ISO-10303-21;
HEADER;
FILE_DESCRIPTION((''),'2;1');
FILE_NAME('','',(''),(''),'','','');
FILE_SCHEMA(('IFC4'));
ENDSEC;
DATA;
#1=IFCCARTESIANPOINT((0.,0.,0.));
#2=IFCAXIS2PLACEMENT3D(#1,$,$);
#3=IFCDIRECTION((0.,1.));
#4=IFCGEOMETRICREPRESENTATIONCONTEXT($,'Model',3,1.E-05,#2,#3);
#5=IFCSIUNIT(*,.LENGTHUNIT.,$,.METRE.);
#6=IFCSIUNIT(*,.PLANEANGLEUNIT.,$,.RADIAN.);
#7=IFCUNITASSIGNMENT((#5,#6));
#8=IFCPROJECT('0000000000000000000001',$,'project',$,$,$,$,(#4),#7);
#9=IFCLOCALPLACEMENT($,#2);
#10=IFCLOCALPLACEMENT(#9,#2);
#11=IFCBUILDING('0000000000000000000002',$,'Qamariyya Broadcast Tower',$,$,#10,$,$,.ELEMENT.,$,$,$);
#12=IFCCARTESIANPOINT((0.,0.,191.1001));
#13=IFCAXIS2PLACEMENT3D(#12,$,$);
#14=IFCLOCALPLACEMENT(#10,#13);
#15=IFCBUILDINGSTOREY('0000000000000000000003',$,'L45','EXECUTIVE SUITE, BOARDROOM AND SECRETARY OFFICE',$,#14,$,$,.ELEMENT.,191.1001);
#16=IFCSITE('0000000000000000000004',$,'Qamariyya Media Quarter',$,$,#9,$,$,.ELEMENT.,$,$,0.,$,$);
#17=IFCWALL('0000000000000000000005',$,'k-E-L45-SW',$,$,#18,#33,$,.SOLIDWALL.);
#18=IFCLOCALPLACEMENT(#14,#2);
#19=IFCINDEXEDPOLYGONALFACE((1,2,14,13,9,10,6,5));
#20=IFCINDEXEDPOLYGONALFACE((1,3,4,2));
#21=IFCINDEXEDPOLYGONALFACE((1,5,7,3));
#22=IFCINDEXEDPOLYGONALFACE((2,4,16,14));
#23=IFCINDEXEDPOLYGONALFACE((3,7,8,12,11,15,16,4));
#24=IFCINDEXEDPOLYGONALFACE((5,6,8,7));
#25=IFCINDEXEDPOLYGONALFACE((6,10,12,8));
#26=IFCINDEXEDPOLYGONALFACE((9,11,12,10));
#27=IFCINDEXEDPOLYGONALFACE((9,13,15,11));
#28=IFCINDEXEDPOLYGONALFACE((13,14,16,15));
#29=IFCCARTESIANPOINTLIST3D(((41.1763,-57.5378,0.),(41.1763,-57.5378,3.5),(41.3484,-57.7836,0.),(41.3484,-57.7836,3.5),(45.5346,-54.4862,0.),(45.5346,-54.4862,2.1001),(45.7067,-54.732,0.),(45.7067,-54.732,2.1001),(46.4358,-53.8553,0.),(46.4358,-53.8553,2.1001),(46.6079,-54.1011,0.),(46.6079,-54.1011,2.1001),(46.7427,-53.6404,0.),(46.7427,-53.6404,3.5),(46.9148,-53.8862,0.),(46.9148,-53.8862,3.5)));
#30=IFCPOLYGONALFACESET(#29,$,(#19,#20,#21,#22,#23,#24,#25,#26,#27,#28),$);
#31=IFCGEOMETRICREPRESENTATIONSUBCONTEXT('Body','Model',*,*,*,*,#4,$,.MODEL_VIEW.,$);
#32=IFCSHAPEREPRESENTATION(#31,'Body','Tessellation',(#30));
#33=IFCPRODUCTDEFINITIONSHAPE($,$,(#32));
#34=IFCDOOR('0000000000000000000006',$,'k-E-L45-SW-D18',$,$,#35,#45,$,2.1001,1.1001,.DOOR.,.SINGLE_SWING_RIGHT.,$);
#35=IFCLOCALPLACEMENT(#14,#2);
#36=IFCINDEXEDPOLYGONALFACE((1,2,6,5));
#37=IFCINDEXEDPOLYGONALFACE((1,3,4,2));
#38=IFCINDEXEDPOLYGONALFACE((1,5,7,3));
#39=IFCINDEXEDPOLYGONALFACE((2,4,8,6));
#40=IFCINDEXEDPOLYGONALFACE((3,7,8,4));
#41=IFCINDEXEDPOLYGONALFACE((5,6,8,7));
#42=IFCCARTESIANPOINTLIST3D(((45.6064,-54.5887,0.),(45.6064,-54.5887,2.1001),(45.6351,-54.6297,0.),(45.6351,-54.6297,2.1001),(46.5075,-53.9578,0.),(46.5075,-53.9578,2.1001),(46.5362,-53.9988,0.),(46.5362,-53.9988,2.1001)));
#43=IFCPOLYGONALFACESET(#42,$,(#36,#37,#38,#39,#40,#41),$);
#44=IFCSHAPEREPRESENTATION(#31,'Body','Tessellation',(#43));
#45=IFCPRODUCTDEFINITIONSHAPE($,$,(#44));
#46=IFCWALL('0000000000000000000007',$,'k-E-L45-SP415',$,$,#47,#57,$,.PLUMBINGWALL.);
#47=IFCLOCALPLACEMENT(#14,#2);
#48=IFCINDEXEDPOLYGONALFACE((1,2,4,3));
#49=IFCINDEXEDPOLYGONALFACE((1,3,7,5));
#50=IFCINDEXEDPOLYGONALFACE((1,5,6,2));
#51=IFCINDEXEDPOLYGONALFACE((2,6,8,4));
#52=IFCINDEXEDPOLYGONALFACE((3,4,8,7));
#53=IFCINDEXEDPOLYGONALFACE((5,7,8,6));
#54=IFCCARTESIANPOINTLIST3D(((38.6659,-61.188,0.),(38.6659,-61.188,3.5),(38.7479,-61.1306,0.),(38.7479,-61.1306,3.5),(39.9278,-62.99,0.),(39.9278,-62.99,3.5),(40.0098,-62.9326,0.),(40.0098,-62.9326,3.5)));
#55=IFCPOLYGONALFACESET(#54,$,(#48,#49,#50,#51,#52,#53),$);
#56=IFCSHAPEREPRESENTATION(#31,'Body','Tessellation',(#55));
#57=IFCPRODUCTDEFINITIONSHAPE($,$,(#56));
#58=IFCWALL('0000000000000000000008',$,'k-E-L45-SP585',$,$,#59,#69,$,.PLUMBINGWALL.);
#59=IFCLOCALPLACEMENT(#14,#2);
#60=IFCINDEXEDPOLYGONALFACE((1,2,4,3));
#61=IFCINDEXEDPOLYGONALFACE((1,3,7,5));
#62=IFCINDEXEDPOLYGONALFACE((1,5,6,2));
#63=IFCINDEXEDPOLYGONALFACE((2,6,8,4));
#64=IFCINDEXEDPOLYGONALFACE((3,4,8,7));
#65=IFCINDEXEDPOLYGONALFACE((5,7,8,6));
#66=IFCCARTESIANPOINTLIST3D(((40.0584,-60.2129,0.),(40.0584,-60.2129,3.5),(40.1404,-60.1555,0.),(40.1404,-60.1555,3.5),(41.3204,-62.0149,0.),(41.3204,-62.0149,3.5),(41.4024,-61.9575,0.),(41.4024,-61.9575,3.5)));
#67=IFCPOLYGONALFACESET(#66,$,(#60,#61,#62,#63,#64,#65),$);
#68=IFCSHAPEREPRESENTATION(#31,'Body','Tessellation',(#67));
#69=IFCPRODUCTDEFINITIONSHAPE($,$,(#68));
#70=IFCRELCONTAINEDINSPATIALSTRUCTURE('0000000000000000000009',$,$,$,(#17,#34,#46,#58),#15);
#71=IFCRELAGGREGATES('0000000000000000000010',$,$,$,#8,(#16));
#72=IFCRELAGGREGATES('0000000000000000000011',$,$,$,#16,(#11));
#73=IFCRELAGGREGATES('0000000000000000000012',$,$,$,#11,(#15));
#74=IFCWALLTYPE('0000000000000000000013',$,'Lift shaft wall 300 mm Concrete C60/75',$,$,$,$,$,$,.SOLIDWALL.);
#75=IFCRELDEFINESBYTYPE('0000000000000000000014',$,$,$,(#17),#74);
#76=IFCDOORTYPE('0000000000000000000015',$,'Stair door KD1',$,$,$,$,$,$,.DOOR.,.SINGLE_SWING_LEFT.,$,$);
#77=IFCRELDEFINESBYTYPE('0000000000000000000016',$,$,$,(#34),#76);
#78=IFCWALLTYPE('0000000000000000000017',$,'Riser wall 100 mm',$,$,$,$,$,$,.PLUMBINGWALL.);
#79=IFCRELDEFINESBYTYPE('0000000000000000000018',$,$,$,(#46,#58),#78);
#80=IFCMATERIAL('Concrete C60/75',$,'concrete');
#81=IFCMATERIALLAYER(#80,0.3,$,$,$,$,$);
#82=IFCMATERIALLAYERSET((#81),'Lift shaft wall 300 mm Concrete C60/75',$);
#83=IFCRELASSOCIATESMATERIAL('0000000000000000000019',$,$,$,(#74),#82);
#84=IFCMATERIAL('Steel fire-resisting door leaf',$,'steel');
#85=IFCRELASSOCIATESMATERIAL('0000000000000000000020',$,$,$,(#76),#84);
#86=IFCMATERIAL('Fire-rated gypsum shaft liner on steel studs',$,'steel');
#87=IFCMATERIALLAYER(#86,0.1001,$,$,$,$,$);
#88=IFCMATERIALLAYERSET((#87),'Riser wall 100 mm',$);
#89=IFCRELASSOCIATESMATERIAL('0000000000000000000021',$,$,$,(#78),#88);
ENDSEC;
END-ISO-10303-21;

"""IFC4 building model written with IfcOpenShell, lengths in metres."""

from ifc_helpers import new_model, si_unit, direction, frame, frame_2d, origin, place, context, subcontext, project, spatial, rectangle, extrude, material, layer, layer_set, type_object, element, fill, save


model = new_model("IFC4")

# Units and contexts
model_context = context("Model", 3, precision=1e-05, world=origin(), true_north=direction((0.0, 1.0)))
body_context = subcontext(model_context, "Body", "Model", "MODEL_VIEW")
ifc_project = project(units=[si_unit("LENGTHUNIT", "METRE"), si_unit("PLANEANGLEUNIT", "RADIAN")], contexts=[model_context])

# Site, building, storey
site_placement = place(None, origin())
site = spatial("IfcSite", under=ifc_project, at=site_placement, Name="Qamariyya Media Quarter", CompositionType="ELEMENT", RefElevation=0.0)
building_placement = place(site_placement, origin())
building = spatial("IfcBuilding", under=site, at=building_placement, Name="Qamariyya Broadcast Tower", CompositionType="ELEMENT")
storey_placement = place(building_placement, frame((0.0, 0.0, 191.1001)))
storey = spatial("IfcBuildingStorey", under=building, at=storey_placement, Name="L45", Description="EXECUTIVE SUITE, BOARDROOM AND SECRETARY OFFICE", CompositionType="ELEMENT", Elevation=191.1001)

# Shared definitions
ifc_material_1 = material(Name="Concrete C60/75", Category="concrete")
ifc_layer_1 = layer(ifc_material_1, 0.3)
ifc_layer_set_1 = layer_set([ifc_layer_1], Name="Lift shaft wall 300 mm Concrete C60/75")
wall_type_1 = type_object("IfcWallType", Name="Lift shaft wall 300 mm Concrete C60/75", PredefinedType="SOLIDWALL", material=ifc_layer_set_1)
ifc_material_2 = material(Name="Steel fire-resisting door leaf", Category="steel")

# Wall, opening, door
wall_1_placement = place(storey_placement, frame((41.2625, -57.6606, 0.0), z_axis=(0.0, 0.0, 1.0), x_axis=(0.819164, 0.573559, 0.0)))
wall_1 = element("IfcWall", 1, at=wall_1_placement, inside=storey, type_object=wall_type_1, Name="k-E-L45-SW", PredefinedType="SOLIDWALL", context=body_context, shape_type="SweptSolid", body=[
    extrude(rectangle(XDim=6.7952, YDim=0.3, at=frame_2d((3.3975, 0.0))), origin(), (0.0, 0.0, 1.0), 3.5),
])
opening_1_placement = place(wall_1_placement, frame((5.3203, 0.0, 0.0)))
opening_1 = element("IfcOpeningElement", 2, at=opening_1_placement, cuts=wall_1, PredefinedType="OPENING", context=body_context, shape_type="SweptSolid", body=[
    extrude(rectangle(XDim=1.1001, YDim=2.1001, at=frame_2d((0.55, 1.05))), frame((0.0, 0.1599, 0.0), z_axis=(0.0, -1.0, 0.0), x_axis=(1.0, 0.0, 0.0)), (0.0, 0.0, 1.0), 0.3201),
])
door_type_1 = type_object("IfcDoorType", Name="Stair door KD1", OperationType="SINGLE_SWING_LEFT", PredefinedType="DOOR", material=ifc_material_2)
door_1_placement = place(opening_1_placement, origin())
door_1 = element("IfcDoor", 3, at=door_1_placement, inside=storey, type_object=door_type_1, Name="k-E-L45-SW-D18", OperationType="SINGLE_SWING_RIGHT", OverallHeight=2.1001, OverallWidth=1.1001, PredefinedType="DOOR", context=body_context, shape_type="SweptSolid", body=[
    extrude(rectangle(XDim=1.1001, YDim=2.1001, at=frame_2d((0.55, 1.05))), frame((0.0, 0.0249, 0.0), z_axis=(0.0, -1.0, 0.0), x_axis=(1.0, 0.0, 0.0)), (0.0, 0.0, 1.0), 0.05),
])
fill(opening_1, door_1)

# Walls
ifc_material_3 = material(Name="Fire-rated gypsum shaft liner on steel studs", Category="steel")
ifc_layer_2 = layer(ifc_material_3, 0.1001)
ifc_layer_set_2 = layer_set([ifc_layer_2], Name="Riser wall 100 mm")
wall_type_2 = type_object("IfcWallType", Name="Riser wall 100 mm", PredefinedType="PLUMBINGWALL", material=ifc_layer_set_2)
for number, where, z_axis, x_axis, name in (
    (4, (38.7068, -61.1592, 0.0), (0.0, 0.0, 1.0), (0.573634, -0.819112, 0.0), "k-E-L45-SP415"),
    (5, (40.0994, -60.1841, 0.0), (0.0, 0.0, 1.0), (0.573634, -0.819112, 0.0), "k-E-L45-SP585"),
):
    element("IfcWall", number, at=place(storey_placement, frame(where, z_axis=z_axis, x_axis=x_axis)), inside=storey, type_object=wall_type_2, Name=name, PredefinedType="PLUMBINGWALL", context=body_context, shape_type="SweptSolid", body=[
        extrude(rectangle(XDim=2.2, YDim=0.1001, at=frame_2d((1.1001, 0.0))), origin(), (0.0, 0.0, 1.0), 3.5),
    ])

save(model, "model.ifc")
